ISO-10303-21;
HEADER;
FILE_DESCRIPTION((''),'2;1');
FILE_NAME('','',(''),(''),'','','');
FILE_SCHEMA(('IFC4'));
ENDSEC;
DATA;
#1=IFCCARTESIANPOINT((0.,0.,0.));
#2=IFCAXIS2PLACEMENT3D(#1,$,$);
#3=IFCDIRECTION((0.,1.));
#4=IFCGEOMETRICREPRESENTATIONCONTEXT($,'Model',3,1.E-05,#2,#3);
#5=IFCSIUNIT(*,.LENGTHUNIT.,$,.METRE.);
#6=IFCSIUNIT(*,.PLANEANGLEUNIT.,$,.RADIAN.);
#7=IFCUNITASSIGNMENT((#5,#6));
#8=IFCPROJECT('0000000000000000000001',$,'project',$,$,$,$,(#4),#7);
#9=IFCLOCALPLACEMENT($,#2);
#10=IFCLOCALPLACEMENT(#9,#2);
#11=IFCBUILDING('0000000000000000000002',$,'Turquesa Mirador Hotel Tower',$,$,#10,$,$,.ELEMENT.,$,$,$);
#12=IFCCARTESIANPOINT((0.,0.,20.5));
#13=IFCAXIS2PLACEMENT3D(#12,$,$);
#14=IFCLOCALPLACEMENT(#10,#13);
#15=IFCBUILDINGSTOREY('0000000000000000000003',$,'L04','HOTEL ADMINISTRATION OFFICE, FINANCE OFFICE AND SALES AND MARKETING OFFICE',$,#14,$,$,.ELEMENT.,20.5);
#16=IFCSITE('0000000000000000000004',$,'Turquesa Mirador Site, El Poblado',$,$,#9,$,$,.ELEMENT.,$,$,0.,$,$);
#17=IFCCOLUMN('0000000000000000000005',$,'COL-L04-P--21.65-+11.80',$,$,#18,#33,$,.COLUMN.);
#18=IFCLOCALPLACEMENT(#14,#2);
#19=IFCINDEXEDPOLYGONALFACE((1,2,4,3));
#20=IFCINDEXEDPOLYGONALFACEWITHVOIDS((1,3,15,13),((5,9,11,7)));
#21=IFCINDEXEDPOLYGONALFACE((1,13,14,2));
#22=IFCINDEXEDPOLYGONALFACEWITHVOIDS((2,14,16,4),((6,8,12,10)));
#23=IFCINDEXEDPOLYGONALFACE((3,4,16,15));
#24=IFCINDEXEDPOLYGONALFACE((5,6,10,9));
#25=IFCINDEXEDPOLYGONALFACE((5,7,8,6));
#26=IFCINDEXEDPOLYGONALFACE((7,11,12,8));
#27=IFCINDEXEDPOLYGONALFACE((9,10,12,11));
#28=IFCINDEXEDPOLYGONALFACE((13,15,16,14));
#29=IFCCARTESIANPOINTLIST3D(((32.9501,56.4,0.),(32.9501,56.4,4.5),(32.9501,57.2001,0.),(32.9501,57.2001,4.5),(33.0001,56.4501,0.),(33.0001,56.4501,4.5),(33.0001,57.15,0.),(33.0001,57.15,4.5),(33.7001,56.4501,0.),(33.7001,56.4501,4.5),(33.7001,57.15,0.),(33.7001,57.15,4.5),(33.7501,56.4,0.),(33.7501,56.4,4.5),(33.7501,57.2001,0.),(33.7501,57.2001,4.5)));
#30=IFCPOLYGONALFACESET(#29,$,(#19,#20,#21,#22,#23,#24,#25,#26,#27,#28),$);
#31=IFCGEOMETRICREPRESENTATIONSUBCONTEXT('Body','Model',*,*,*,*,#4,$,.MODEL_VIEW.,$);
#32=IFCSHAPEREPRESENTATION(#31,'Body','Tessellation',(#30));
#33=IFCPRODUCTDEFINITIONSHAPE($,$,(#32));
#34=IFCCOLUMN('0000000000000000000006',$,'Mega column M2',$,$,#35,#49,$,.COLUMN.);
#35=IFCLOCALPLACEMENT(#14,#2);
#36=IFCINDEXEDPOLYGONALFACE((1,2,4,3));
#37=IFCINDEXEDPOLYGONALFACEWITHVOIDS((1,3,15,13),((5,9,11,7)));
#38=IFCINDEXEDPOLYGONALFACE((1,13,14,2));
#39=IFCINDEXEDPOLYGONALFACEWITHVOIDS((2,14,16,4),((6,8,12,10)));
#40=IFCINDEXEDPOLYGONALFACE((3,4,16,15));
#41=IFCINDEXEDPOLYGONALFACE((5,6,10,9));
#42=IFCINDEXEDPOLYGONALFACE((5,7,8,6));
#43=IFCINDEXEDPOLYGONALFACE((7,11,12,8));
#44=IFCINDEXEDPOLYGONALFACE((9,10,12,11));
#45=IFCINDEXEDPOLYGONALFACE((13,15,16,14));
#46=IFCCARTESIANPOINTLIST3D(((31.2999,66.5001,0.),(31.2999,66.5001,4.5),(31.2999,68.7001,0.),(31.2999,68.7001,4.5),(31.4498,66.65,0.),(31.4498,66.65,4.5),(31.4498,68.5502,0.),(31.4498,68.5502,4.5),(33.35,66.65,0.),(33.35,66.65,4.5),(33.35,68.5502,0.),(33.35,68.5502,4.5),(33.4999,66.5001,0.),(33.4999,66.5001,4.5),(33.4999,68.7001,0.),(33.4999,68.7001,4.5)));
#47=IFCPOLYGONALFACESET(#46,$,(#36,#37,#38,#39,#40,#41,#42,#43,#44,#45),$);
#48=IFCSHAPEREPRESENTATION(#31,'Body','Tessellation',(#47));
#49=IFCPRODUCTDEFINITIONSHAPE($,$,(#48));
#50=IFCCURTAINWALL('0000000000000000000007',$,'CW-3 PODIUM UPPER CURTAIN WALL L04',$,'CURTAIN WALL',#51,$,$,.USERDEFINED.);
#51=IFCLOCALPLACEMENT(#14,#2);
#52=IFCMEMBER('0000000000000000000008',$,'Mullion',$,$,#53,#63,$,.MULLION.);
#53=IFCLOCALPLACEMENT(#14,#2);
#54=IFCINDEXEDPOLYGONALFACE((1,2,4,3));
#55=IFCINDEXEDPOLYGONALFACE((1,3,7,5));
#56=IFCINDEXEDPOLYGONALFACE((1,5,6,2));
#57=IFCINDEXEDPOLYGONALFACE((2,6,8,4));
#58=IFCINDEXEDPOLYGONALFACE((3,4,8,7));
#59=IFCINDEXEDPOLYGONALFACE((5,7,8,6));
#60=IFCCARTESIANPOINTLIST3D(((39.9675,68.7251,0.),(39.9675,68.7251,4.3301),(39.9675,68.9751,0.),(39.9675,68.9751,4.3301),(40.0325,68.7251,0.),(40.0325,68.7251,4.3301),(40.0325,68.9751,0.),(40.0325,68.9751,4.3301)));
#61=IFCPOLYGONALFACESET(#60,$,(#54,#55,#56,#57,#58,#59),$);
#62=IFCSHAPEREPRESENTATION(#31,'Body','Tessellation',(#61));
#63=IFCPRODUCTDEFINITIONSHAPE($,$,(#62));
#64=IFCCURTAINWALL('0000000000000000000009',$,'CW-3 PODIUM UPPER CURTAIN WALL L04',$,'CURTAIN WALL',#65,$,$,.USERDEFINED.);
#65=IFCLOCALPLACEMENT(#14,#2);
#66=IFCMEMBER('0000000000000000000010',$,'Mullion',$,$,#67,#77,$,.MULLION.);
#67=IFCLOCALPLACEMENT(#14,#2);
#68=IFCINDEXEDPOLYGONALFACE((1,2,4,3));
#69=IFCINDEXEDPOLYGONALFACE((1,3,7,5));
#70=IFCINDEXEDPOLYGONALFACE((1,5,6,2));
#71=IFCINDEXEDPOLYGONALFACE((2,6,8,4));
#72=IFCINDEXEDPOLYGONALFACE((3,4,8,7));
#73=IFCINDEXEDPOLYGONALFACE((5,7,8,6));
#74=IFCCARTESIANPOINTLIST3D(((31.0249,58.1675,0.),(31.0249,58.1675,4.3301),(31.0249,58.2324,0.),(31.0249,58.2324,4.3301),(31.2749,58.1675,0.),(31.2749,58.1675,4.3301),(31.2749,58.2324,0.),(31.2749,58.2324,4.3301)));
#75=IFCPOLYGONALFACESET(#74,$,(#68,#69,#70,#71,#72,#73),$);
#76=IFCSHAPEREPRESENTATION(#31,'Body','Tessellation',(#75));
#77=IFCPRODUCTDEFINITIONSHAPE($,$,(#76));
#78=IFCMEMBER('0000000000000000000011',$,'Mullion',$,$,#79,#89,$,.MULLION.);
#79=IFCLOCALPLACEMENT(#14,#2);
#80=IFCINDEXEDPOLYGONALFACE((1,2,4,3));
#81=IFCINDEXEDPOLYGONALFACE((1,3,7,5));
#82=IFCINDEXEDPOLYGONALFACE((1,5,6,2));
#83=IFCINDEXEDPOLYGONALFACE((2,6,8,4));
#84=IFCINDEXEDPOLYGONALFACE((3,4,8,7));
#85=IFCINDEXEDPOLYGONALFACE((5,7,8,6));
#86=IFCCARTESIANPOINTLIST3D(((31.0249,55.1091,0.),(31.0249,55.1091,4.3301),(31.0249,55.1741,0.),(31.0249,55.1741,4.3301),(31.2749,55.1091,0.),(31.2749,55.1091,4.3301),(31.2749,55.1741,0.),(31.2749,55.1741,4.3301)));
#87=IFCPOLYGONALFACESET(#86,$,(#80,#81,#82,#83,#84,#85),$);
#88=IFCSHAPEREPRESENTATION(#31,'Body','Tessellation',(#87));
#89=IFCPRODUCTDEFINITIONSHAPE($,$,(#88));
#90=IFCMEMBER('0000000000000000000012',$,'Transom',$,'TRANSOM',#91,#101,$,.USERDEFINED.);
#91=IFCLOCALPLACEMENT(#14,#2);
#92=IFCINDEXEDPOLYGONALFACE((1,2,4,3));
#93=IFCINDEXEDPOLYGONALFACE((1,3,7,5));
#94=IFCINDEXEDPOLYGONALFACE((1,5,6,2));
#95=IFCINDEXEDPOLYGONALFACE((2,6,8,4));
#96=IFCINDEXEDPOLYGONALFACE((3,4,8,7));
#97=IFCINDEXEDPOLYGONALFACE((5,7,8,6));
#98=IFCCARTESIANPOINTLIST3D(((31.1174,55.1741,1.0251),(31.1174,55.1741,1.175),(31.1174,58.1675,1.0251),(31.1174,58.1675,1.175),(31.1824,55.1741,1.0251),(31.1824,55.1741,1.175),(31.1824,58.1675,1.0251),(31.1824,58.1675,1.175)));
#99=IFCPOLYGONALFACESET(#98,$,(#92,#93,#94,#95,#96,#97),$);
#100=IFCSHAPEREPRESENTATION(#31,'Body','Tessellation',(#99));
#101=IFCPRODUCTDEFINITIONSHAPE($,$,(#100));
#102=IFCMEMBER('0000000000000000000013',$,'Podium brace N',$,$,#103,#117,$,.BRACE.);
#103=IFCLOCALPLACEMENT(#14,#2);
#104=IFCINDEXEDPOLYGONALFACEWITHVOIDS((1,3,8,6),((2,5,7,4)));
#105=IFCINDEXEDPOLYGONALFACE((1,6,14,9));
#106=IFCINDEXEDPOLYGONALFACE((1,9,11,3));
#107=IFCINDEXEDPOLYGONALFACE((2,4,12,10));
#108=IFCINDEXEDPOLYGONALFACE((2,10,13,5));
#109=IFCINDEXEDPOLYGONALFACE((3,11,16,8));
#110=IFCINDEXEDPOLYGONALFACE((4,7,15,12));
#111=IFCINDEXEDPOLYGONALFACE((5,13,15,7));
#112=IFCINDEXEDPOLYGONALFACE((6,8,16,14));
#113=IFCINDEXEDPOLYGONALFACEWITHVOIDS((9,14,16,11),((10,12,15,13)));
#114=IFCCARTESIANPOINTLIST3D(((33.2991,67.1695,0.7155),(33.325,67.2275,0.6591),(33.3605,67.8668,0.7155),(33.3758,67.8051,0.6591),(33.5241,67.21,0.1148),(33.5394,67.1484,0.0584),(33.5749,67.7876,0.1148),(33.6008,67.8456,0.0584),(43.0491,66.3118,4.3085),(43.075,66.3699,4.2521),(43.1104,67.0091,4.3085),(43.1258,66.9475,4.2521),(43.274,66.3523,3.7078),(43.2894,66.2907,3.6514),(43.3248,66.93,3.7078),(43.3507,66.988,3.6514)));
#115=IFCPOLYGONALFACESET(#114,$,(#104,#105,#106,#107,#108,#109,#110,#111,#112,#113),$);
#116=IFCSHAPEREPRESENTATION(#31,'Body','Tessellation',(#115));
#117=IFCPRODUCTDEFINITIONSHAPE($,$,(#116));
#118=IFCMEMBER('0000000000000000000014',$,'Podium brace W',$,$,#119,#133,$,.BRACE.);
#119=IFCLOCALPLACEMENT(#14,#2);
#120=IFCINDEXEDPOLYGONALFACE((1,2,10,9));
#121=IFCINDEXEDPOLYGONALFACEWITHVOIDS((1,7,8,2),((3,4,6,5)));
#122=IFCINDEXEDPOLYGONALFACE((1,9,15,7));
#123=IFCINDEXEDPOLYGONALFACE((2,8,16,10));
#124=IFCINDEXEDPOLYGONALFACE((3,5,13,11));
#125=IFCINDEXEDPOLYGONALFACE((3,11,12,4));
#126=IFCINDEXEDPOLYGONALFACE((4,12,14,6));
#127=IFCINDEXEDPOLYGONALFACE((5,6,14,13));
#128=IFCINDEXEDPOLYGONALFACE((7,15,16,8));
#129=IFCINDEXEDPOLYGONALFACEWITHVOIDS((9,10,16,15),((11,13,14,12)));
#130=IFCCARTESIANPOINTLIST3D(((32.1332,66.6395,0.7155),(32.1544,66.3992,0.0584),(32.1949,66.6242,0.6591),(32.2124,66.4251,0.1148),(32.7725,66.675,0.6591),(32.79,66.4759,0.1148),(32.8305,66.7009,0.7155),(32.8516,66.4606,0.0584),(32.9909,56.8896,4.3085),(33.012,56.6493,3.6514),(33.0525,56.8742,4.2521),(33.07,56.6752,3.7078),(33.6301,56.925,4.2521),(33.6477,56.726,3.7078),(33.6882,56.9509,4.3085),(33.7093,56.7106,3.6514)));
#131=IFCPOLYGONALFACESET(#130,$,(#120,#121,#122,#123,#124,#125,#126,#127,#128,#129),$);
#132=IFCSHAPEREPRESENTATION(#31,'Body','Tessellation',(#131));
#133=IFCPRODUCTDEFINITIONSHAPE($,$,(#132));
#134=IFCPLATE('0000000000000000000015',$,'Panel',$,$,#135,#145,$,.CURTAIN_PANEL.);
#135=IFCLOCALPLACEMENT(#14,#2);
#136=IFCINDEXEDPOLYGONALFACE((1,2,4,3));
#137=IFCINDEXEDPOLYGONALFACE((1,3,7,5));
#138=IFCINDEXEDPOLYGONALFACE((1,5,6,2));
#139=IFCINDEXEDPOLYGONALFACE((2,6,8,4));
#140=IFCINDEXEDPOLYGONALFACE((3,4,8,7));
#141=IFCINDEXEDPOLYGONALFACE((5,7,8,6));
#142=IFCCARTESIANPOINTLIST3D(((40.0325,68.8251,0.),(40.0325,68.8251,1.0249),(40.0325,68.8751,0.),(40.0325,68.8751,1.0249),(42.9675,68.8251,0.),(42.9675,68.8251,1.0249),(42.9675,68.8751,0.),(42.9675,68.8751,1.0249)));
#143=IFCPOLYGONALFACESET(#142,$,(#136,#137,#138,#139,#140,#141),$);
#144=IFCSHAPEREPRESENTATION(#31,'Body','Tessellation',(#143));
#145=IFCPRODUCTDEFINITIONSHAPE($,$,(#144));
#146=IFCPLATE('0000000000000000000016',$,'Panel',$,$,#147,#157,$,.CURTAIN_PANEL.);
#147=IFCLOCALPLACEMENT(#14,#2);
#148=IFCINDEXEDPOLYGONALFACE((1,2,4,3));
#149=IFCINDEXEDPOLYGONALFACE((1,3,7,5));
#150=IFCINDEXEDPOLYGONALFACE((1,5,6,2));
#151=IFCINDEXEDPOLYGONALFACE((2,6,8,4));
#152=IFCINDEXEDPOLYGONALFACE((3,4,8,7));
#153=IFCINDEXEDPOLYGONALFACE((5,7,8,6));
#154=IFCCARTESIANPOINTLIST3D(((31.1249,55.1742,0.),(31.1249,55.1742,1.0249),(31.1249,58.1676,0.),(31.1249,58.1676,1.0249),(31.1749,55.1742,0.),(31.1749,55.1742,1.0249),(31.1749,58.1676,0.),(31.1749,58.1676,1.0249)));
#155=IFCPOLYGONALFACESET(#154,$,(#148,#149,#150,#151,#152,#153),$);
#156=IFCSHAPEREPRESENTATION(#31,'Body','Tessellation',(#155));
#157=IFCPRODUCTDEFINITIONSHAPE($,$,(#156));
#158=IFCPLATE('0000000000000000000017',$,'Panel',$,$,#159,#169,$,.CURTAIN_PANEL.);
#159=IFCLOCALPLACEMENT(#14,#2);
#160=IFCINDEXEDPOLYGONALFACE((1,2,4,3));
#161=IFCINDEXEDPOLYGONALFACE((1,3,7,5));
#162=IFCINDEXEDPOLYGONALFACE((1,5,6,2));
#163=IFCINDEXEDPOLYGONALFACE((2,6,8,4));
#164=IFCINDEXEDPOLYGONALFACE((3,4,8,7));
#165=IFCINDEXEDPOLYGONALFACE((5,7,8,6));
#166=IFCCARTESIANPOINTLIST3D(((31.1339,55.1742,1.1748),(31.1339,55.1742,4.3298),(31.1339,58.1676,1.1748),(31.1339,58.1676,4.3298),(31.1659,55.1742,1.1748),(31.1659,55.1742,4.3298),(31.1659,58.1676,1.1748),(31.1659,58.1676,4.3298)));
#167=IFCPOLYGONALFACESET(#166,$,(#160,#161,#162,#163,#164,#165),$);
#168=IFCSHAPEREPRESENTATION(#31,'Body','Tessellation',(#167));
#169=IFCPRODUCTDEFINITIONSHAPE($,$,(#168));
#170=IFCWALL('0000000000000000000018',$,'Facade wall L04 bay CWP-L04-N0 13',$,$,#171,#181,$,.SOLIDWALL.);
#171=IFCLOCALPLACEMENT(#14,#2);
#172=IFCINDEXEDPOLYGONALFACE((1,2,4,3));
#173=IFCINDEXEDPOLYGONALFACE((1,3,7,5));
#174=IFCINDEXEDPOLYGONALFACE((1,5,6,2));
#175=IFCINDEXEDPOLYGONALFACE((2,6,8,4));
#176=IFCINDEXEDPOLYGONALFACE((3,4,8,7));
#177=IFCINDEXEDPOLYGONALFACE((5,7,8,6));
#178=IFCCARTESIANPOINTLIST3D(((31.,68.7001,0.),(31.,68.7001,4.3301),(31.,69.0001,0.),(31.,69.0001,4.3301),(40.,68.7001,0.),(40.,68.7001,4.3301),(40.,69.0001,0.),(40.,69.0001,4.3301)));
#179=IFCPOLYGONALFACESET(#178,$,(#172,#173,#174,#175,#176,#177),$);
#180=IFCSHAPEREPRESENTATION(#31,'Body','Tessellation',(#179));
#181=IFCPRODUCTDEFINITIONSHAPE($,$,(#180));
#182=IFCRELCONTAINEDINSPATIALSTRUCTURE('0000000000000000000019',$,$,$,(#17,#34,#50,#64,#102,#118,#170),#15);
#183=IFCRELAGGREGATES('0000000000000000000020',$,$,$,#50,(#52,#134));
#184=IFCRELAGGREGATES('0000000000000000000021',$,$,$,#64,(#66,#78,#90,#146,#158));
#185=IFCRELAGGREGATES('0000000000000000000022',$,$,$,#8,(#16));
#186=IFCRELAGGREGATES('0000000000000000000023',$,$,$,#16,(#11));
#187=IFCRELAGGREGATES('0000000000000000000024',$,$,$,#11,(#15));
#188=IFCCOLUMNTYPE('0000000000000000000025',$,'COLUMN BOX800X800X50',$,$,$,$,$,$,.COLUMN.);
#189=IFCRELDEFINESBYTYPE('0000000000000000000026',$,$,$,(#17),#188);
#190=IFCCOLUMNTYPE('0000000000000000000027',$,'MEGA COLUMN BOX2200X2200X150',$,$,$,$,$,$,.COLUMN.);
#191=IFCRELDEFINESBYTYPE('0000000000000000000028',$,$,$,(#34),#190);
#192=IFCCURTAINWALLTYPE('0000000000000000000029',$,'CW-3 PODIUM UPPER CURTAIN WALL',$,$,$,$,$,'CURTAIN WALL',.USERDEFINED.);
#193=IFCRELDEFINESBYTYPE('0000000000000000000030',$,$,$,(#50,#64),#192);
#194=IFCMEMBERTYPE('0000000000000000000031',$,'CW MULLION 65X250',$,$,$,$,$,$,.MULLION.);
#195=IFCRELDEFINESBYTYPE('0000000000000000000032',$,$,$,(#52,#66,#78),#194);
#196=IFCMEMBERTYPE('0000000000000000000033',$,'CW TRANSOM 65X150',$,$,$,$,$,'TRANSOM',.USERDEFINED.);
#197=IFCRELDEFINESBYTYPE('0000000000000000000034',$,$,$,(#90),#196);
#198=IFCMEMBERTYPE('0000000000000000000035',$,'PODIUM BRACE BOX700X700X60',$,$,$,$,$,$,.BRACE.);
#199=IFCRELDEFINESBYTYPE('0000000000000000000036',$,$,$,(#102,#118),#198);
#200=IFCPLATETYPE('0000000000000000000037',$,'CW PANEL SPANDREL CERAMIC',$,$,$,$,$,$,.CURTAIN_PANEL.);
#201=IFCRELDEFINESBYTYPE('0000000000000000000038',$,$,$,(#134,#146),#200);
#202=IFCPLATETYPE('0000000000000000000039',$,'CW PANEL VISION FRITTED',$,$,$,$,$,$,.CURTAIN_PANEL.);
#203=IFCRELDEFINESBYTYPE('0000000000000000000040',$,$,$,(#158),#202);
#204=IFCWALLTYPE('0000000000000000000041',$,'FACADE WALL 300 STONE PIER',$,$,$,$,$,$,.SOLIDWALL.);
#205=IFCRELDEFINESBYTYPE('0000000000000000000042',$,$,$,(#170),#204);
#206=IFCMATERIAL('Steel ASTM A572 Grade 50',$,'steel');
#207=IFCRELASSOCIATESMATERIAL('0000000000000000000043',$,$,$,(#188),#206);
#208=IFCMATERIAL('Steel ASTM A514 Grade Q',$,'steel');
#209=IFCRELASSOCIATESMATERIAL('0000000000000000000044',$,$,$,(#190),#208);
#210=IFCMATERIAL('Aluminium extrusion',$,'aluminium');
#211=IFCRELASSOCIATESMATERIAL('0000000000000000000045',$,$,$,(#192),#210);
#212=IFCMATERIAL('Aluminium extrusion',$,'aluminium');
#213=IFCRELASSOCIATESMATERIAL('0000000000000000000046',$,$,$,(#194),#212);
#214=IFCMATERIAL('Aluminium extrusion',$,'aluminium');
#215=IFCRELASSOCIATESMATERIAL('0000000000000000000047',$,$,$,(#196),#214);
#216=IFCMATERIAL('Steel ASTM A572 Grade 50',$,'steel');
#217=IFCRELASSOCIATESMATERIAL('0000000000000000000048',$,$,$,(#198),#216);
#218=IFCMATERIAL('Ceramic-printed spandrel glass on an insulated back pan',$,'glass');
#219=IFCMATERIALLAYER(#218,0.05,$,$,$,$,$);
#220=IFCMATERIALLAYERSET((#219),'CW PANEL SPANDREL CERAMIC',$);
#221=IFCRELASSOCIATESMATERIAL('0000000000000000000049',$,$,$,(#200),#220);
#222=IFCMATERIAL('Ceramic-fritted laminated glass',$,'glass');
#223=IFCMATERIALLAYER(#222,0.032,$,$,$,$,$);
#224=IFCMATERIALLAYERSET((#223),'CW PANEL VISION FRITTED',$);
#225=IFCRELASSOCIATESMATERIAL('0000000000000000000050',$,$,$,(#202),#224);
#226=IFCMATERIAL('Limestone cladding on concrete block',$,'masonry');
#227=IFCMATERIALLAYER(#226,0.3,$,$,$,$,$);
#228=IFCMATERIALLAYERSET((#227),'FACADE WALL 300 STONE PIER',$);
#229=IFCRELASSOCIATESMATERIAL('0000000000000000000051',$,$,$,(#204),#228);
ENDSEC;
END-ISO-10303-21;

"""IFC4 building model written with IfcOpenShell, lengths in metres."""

from ifc_helpers import new_model, si_unit, direction, frame, frame_2d, origin, origin_2d, place, context, subcontext, project, spatial, rectangle, hollow_rectangle, extrude, material, layer, layer_set, material_profile, profile_set, type_object, element, aggregate, save


model = new_model("IFC4")

# Units and contexts
model_context = context("Model", 3, precision=1e-05, world=origin(), true_north=direction((0.0, 1.0)))
body_context = subcontext(model_context, "Body", "Model", "MODEL_VIEW")
ifc_project = project(units=[si_unit("LENGTHUNIT", "METRE"), si_unit("PLANEANGLEUNIT", "RADIAN")], contexts=[model_context])

# Site, building, storey
site_placement = place(None, origin())
site = spatial("IfcSite", under=ifc_project, at=site_placement, Name="Turquesa Mirador Site, El Poblado", CompositionType="ELEMENT", RefElevation=0.0)
building_placement = place(site_placement, origin())
building = spatial("IfcBuilding", under=site, at=building_placement, Name="Turquesa Mirador Hotel Tower", CompositionType="ELEMENT")
storey_placement = place(building_placement, frame((0.0, 0.0, 20.5)))
storey = spatial("IfcBuildingStorey", under=building, at=storey_placement, Name="L04", Description="HOTEL ADMINISTRATION OFFICE, FINANCE OFFICE AND SALES AND MARKETING OFFICE", CompositionType="ELEMENT", Elevation=20.5)

# Columns
ifc_material_1 = material(Name="Steel ASTM A572 Grade 50", Category="steel")
ifc_material_profile_1 = material_profile(ifc_material_1, hollow_rectangle(XDim=0.8, YDim=0.8, WallThickness=0.05, at=origin_2d()), Name="BOX800X800X50")
ifc_profile_set_1 = profile_set([ifc_material_profile_1], Name="Steel ASTM A572 Grade 50")
column_type_1 = type_object("IfcColumnType", Name="COLUMN BOX800X800X50", PredefinedType="COLUMN", material=ifc_profile_set_1)
column_1_placement = place(storey_placement, frame((33.3501, 56.8, 0.0), z_axis=(0.0, 0.0, 1.0), x_axis=(1.0, 0.0, 0.0)))
element("IfcColumn", 1, at=column_1_placement, inside=storey, type_object=column_type_1, Name="COL-L04-P--21.65-+11.80", PredefinedType="COLUMN", context=body_context, shape_type="SweptSolid", body=[
    extrude(hollow_rectangle(XDim=0.8, YDim=0.8, WallThickness=0.05, at=origin_2d()), origin(), (0.0, 0.0, 1.0), 4.5),
])
ifc_material_2 = material(Name="Steel ASTM A514 Grade Q", Category="steel")
ifc_material_profile_2 = material_profile(ifc_material_2, hollow_rectangle(XDim=2.2, YDim=2.2, WallThickness=0.1499, at=origin_2d()), Name="BOX2200X2200X150")
ifc_profile_set_2 = profile_set([ifc_material_profile_2], Name="Steel ASTM A514 Grade Q")
column_type_2 = type_object("IfcColumnType", Name="MEGA COLUMN BOX2200X2200X150", PredefinedType="COLUMN", material=ifc_profile_set_2)
column_2_placement = place(storey_placement, frame((32.3999, 67.6001, 0.0), z_axis=(0.0, 0.0, 1.0), x_axis=(1.0, 0.0, 0.0)))
element("IfcColumn", 2, at=column_2_placement, inside=storey, type_object=column_type_2, Name="Mega column M2", PredefinedType="COLUMN", context=body_context, shape_type="SweptSolid", body=[
    extrude(hollow_rectangle(XDim=2.2, YDim=2.2, WallThickness=0.1499, at=origin_2d()), origin(), (0.0, 0.0, 1.0), 4.5),
])

# Curtain wall, member
ifc_material_3 = material(Name="Aluminium extrusion", Category="aluminium")
curtain_wall_type = type_object("IfcCurtainWallType", Name="CW-3 PODIUM UPPER CURTAIN WALL", ElementType="CURTAIN WALL", PredefinedType="USERDEFINED", material=ifc_material_3)
curtain_wall_1_placement = place(storey_placement, origin())
curtain_wall_1 = element("IfcCurtainWall", 3, at=curtain_wall_1_placement, inside=storey, type_object=curtain_wall_type, Name="CW-3 PODIUM UPPER CURTAIN WALL L04", ObjectType="CURTAIN WALL", PredefinedType="USERDEFINED")
ifc_material_4 = material(Name="Aluminium extrusion", Category="aluminium")
ifc_material_profile_3 = material_profile(ifc_material_4, rectangle(XDim=0.0649, YDim=0.25, at=origin_2d()), Name="MULLION 65X250")
ifc_profile_set_3 = profile_set([ifc_material_profile_3], Name="Aluminium extrusion")
member_type_1 = type_object("IfcMemberType", Name="CW MULLION 65X250", PredefinedType="MULLION", material=ifc_profile_set_3)
member_1_placement = place(storey_placement, frame((40.0, 68.8501, 0.0), z_axis=(0.0, 0.0, 1.0), x_axis=(-1.0, 0.0, 0.0)))
member_1 = element("IfcMember", 4, at=member_1_placement, type_object=member_type_1, Name="Mullion", PredefinedType="MULLION", context=body_context, shape_type="SweptSolid", body=[
    extrude(rectangle(XDim=0.0649, YDim=0.25, at=origin_2d()), origin(), (0.0, 0.0, 1.0), 4.3301),
])

# Curtain wall, members
curtain_wall_2_placement = place(storey_placement, origin())
curtain_wall_2 = element("IfcCurtainWall", 5, at=curtain_wall_2_placement, inside=storey, type_object=curtain_wall_type, Name="CW-3 PODIUM UPPER CURTAIN WALL L04", ObjectType="CURTAIN WALL", PredefinedType="USERDEFINED")
member_2_placement = place(storey_placement, frame((31.1499, 58.2, 0.0), z_axis=(0.0, 0.0, 1.0), x_axis=(0.0, -1.0, 0.0)))
member_2 = element("IfcMember", 6, at=member_2_placement, type_object=member_type_1, Name="Mullion", PredefinedType="MULLION", context=body_context, shape_type="SweptSolid", body=[
    extrude(rectangle(XDim=0.0649, YDim=0.25, at=origin_2d()), origin(), (0.0, 0.0, 1.0), 4.3301),
])
member_3_placement = place(storey_placement, frame((31.1499, 55.1416, 0.0), z_axis=(0.0, 0.0, 1.0), x_axis=(0.0, -1.0, 0.0)))
member_3 = element("IfcMember", 7, at=member_3_placement, type_object=member_type_1, Name="Mullion", PredefinedType="MULLION", context=body_context, shape_type="SweptSolid", body=[
    extrude(rectangle(XDim=0.0649, YDim=0.25, at=origin_2d()), origin(), (0.0, 0.0, 1.0), 4.3301),
])
ifc_material_5 = material(Name="Aluminium extrusion", Category="aluminium")
ifc_material_profile_4 = material_profile(ifc_material_5, rectangle(XDim=0.0649, YDim=0.1499, at=origin_2d()), Name="TRANSOM 65X150")
ifc_profile_set_4 = profile_set([ifc_material_profile_4], Name="Aluminium extrusion")
member_type_2 = type_object("IfcMemberType", Name="CW TRANSOM 65X150", ElementType="TRANSOM", PredefinedType="USERDEFINED", material=ifc_profile_set_4)
member_4_placement = place(storey_placement, frame((31.1499, 58.1675, 1.1001), z_axis=(0.0, -1.0, 0.0), x_axis=(1.0, 0.0, 0.0)))
member_4 = element("IfcMember", 8, at=member_4_placement, type_object=member_type_2, Name="Transom", ObjectType="TRANSOM", PredefinedType="USERDEFINED", context=body_context, shape_type="SweptSolid", body=[
    extrude(rectangle(XDim=0.0649, YDim=0.1499, at=origin_2d()), origin(), (0.0, 0.0, 1.0), 2.9934),
])

# Members
ifc_material_6 = material(Name="Steel ASTM A572 Grade 50", Category="steel")
ifc_material_profile_5 = material_profile(ifc_material_6, hollow_rectangle(XDim=0.7, YDim=0.7, WallThickness=0.0601, at=origin_2d()), Name="BOX700X700X60")
ifc_profile_set_5 = profile_set([ifc_material_profile_5], Name="Steel ASTM A572 Grade 50")
member_type_3 = type_object("IfcMemberType", Name="PODIUM BRACE BOX700X700X60", PredefinedType="BRACE", material=ifc_profile_set_5)
for number, where, z_axis, x_axis, name in (
    (9, (33.45, 67.5076, 0.387), (0.935135, -0.08226, 0.344611), (0.087627, 0.996153, 0.0), "Podium brace N"),
    (10, (32.4924, 66.55, 0.387), (0.08226, -0.935135, 0.344611), (0.996153, 0.087627, 0.0), "Podium brace W"),
):
    element("IfcMember", number, at=place(storey_placement, frame(where, z_axis=z_axis, x_axis=x_axis)), inside=storey, type_object=member_type_3, Name=name, PredefinedType="BRACE", context=body_context, shape_type="SweptSolid", body=[
        extrude(hollow_rectangle(XDim=0.7, YDim=0.7, WallThickness=0.0601, at=origin_2d()), origin(), (0.0, 0.0, 1.0), 10.4263),
    ])

# Plates
ifc_material_7 = material(Name="Ceramic-printed spandrel glass on an insulated back pan", Category="glass")
ifc_layer_1 = layer(ifc_material_7, 0.05)
ifc_layer_set_1 = layer_set([ifc_layer_1], Name="CW PANEL SPANDREL CERAMIC")
plate_type_1 = type_object("IfcPlateType", Name="CW PANEL SPANDREL CERAMIC", PredefinedType="CURTAIN_PANEL", material=ifc_layer_set_1)
plate_1_placement = place(storey_placement, frame((41.5, 68.8501, 0.0), z_axis=(0.0, 0.0, 1.0), x_axis=(-1.0, 0.0, 0.0)))
plate_1 = element("IfcPlate", 11, at=plate_1_placement, type_object=plate_type_1, Name="Panel", PredefinedType="CURTAIN_PANEL", context=body_context, shape_type="SweptSolid", body=[
    extrude(rectangle(XDim=2.9351, YDim=0.05, at=origin_2d()), origin(), (0.0, 0.0, 1.0), 1.0249),
])
aggregate(curtain_wall_1, [member_1, plate_1])
plate_2_placement = place(storey_placement, frame((31.1499, 56.6709, 0.0), z_axis=(0.0, 0.0, 1.0), x_axis=(0.0, -1.0, 0.0)))
plate_2 = element("IfcPlate", 12, at=plate_2_placement, type_object=plate_type_1, Name="Panel", PredefinedType="CURTAIN_PANEL", context=body_context, shape_type="SweptSolid", body=[
    extrude(rectangle(XDim=2.9934, YDim=0.05, at=origin_2d()), origin(), (0.0, 0.0, 1.0), 1.0249),
])
ifc_material_8 = material(Name="Ceramic-fritted laminated glass", Category="glass")
ifc_layer_2 = layer(ifc_material_8, 0.032)
ifc_layer_set_2 = layer_set([ifc_layer_2], Name="CW PANEL VISION FRITTED")
plate_type_2 = type_object("IfcPlateType", Name="CW PANEL VISION FRITTED", PredefinedType="CURTAIN_PANEL", material=ifc_layer_set_2)
plate_3_placement = place(storey_placement, frame((31.1499, 56.6709, 1.1748), z_axis=(0.0, 0.0, 1.0), x_axis=(0.0, -1.0, 0.0)))
plate_3 = element("IfcPlate", 13, at=plate_3_placement, type_object=plate_type_2, Name="Panel", PredefinedType="CURTAIN_PANEL", context=body_context, shape_type="SweptSolid", body=[
    extrude(rectangle(XDim=2.9934, YDim=0.032, at=origin_2d()), origin(), (0.0, 0.0, 1.0), 3.155),
])
aggregate(curtain_wall_2, [member_2, member_3, member_4, plate_2, plate_3])

# Wall
ifc_material_9 = material(Name="Limestone cladding on concrete block", Category="masonry")
ifc_layer_3 = layer(ifc_material_9, 0.3)
ifc_layer_set_3 = layer_set([ifc_layer_3], Name="FACADE WALL 300 STONE PIER")
wall_type_1 = type_object("IfcWallType", Name="FACADE WALL 300 STONE PIER", PredefinedType="SOLIDWALL", material=ifc_layer_set_3)
wall_1_placement = place(storey_placement, frame((40.0, 68.8501, 0.0), z_axis=(0.0, 0.0, 1.0), x_axis=(-1.0, 0.0, 0.0)))
element("IfcWall", 14, at=wall_1_placement, inside=storey, type_object=wall_type_1, Name="Facade wall L04 bay CWP-L04-N0 13", PredefinedType="SOLIDWALL", context=body_context, shape_type="SweptSolid", body=[
    extrude(rectangle(XDim=9.0, YDim=0.3, at=frame_2d((4.5, 0.0))), origin(), (0.0, 0.0, 1.0), 4.3301),
])

save(model, "model.ifc")
